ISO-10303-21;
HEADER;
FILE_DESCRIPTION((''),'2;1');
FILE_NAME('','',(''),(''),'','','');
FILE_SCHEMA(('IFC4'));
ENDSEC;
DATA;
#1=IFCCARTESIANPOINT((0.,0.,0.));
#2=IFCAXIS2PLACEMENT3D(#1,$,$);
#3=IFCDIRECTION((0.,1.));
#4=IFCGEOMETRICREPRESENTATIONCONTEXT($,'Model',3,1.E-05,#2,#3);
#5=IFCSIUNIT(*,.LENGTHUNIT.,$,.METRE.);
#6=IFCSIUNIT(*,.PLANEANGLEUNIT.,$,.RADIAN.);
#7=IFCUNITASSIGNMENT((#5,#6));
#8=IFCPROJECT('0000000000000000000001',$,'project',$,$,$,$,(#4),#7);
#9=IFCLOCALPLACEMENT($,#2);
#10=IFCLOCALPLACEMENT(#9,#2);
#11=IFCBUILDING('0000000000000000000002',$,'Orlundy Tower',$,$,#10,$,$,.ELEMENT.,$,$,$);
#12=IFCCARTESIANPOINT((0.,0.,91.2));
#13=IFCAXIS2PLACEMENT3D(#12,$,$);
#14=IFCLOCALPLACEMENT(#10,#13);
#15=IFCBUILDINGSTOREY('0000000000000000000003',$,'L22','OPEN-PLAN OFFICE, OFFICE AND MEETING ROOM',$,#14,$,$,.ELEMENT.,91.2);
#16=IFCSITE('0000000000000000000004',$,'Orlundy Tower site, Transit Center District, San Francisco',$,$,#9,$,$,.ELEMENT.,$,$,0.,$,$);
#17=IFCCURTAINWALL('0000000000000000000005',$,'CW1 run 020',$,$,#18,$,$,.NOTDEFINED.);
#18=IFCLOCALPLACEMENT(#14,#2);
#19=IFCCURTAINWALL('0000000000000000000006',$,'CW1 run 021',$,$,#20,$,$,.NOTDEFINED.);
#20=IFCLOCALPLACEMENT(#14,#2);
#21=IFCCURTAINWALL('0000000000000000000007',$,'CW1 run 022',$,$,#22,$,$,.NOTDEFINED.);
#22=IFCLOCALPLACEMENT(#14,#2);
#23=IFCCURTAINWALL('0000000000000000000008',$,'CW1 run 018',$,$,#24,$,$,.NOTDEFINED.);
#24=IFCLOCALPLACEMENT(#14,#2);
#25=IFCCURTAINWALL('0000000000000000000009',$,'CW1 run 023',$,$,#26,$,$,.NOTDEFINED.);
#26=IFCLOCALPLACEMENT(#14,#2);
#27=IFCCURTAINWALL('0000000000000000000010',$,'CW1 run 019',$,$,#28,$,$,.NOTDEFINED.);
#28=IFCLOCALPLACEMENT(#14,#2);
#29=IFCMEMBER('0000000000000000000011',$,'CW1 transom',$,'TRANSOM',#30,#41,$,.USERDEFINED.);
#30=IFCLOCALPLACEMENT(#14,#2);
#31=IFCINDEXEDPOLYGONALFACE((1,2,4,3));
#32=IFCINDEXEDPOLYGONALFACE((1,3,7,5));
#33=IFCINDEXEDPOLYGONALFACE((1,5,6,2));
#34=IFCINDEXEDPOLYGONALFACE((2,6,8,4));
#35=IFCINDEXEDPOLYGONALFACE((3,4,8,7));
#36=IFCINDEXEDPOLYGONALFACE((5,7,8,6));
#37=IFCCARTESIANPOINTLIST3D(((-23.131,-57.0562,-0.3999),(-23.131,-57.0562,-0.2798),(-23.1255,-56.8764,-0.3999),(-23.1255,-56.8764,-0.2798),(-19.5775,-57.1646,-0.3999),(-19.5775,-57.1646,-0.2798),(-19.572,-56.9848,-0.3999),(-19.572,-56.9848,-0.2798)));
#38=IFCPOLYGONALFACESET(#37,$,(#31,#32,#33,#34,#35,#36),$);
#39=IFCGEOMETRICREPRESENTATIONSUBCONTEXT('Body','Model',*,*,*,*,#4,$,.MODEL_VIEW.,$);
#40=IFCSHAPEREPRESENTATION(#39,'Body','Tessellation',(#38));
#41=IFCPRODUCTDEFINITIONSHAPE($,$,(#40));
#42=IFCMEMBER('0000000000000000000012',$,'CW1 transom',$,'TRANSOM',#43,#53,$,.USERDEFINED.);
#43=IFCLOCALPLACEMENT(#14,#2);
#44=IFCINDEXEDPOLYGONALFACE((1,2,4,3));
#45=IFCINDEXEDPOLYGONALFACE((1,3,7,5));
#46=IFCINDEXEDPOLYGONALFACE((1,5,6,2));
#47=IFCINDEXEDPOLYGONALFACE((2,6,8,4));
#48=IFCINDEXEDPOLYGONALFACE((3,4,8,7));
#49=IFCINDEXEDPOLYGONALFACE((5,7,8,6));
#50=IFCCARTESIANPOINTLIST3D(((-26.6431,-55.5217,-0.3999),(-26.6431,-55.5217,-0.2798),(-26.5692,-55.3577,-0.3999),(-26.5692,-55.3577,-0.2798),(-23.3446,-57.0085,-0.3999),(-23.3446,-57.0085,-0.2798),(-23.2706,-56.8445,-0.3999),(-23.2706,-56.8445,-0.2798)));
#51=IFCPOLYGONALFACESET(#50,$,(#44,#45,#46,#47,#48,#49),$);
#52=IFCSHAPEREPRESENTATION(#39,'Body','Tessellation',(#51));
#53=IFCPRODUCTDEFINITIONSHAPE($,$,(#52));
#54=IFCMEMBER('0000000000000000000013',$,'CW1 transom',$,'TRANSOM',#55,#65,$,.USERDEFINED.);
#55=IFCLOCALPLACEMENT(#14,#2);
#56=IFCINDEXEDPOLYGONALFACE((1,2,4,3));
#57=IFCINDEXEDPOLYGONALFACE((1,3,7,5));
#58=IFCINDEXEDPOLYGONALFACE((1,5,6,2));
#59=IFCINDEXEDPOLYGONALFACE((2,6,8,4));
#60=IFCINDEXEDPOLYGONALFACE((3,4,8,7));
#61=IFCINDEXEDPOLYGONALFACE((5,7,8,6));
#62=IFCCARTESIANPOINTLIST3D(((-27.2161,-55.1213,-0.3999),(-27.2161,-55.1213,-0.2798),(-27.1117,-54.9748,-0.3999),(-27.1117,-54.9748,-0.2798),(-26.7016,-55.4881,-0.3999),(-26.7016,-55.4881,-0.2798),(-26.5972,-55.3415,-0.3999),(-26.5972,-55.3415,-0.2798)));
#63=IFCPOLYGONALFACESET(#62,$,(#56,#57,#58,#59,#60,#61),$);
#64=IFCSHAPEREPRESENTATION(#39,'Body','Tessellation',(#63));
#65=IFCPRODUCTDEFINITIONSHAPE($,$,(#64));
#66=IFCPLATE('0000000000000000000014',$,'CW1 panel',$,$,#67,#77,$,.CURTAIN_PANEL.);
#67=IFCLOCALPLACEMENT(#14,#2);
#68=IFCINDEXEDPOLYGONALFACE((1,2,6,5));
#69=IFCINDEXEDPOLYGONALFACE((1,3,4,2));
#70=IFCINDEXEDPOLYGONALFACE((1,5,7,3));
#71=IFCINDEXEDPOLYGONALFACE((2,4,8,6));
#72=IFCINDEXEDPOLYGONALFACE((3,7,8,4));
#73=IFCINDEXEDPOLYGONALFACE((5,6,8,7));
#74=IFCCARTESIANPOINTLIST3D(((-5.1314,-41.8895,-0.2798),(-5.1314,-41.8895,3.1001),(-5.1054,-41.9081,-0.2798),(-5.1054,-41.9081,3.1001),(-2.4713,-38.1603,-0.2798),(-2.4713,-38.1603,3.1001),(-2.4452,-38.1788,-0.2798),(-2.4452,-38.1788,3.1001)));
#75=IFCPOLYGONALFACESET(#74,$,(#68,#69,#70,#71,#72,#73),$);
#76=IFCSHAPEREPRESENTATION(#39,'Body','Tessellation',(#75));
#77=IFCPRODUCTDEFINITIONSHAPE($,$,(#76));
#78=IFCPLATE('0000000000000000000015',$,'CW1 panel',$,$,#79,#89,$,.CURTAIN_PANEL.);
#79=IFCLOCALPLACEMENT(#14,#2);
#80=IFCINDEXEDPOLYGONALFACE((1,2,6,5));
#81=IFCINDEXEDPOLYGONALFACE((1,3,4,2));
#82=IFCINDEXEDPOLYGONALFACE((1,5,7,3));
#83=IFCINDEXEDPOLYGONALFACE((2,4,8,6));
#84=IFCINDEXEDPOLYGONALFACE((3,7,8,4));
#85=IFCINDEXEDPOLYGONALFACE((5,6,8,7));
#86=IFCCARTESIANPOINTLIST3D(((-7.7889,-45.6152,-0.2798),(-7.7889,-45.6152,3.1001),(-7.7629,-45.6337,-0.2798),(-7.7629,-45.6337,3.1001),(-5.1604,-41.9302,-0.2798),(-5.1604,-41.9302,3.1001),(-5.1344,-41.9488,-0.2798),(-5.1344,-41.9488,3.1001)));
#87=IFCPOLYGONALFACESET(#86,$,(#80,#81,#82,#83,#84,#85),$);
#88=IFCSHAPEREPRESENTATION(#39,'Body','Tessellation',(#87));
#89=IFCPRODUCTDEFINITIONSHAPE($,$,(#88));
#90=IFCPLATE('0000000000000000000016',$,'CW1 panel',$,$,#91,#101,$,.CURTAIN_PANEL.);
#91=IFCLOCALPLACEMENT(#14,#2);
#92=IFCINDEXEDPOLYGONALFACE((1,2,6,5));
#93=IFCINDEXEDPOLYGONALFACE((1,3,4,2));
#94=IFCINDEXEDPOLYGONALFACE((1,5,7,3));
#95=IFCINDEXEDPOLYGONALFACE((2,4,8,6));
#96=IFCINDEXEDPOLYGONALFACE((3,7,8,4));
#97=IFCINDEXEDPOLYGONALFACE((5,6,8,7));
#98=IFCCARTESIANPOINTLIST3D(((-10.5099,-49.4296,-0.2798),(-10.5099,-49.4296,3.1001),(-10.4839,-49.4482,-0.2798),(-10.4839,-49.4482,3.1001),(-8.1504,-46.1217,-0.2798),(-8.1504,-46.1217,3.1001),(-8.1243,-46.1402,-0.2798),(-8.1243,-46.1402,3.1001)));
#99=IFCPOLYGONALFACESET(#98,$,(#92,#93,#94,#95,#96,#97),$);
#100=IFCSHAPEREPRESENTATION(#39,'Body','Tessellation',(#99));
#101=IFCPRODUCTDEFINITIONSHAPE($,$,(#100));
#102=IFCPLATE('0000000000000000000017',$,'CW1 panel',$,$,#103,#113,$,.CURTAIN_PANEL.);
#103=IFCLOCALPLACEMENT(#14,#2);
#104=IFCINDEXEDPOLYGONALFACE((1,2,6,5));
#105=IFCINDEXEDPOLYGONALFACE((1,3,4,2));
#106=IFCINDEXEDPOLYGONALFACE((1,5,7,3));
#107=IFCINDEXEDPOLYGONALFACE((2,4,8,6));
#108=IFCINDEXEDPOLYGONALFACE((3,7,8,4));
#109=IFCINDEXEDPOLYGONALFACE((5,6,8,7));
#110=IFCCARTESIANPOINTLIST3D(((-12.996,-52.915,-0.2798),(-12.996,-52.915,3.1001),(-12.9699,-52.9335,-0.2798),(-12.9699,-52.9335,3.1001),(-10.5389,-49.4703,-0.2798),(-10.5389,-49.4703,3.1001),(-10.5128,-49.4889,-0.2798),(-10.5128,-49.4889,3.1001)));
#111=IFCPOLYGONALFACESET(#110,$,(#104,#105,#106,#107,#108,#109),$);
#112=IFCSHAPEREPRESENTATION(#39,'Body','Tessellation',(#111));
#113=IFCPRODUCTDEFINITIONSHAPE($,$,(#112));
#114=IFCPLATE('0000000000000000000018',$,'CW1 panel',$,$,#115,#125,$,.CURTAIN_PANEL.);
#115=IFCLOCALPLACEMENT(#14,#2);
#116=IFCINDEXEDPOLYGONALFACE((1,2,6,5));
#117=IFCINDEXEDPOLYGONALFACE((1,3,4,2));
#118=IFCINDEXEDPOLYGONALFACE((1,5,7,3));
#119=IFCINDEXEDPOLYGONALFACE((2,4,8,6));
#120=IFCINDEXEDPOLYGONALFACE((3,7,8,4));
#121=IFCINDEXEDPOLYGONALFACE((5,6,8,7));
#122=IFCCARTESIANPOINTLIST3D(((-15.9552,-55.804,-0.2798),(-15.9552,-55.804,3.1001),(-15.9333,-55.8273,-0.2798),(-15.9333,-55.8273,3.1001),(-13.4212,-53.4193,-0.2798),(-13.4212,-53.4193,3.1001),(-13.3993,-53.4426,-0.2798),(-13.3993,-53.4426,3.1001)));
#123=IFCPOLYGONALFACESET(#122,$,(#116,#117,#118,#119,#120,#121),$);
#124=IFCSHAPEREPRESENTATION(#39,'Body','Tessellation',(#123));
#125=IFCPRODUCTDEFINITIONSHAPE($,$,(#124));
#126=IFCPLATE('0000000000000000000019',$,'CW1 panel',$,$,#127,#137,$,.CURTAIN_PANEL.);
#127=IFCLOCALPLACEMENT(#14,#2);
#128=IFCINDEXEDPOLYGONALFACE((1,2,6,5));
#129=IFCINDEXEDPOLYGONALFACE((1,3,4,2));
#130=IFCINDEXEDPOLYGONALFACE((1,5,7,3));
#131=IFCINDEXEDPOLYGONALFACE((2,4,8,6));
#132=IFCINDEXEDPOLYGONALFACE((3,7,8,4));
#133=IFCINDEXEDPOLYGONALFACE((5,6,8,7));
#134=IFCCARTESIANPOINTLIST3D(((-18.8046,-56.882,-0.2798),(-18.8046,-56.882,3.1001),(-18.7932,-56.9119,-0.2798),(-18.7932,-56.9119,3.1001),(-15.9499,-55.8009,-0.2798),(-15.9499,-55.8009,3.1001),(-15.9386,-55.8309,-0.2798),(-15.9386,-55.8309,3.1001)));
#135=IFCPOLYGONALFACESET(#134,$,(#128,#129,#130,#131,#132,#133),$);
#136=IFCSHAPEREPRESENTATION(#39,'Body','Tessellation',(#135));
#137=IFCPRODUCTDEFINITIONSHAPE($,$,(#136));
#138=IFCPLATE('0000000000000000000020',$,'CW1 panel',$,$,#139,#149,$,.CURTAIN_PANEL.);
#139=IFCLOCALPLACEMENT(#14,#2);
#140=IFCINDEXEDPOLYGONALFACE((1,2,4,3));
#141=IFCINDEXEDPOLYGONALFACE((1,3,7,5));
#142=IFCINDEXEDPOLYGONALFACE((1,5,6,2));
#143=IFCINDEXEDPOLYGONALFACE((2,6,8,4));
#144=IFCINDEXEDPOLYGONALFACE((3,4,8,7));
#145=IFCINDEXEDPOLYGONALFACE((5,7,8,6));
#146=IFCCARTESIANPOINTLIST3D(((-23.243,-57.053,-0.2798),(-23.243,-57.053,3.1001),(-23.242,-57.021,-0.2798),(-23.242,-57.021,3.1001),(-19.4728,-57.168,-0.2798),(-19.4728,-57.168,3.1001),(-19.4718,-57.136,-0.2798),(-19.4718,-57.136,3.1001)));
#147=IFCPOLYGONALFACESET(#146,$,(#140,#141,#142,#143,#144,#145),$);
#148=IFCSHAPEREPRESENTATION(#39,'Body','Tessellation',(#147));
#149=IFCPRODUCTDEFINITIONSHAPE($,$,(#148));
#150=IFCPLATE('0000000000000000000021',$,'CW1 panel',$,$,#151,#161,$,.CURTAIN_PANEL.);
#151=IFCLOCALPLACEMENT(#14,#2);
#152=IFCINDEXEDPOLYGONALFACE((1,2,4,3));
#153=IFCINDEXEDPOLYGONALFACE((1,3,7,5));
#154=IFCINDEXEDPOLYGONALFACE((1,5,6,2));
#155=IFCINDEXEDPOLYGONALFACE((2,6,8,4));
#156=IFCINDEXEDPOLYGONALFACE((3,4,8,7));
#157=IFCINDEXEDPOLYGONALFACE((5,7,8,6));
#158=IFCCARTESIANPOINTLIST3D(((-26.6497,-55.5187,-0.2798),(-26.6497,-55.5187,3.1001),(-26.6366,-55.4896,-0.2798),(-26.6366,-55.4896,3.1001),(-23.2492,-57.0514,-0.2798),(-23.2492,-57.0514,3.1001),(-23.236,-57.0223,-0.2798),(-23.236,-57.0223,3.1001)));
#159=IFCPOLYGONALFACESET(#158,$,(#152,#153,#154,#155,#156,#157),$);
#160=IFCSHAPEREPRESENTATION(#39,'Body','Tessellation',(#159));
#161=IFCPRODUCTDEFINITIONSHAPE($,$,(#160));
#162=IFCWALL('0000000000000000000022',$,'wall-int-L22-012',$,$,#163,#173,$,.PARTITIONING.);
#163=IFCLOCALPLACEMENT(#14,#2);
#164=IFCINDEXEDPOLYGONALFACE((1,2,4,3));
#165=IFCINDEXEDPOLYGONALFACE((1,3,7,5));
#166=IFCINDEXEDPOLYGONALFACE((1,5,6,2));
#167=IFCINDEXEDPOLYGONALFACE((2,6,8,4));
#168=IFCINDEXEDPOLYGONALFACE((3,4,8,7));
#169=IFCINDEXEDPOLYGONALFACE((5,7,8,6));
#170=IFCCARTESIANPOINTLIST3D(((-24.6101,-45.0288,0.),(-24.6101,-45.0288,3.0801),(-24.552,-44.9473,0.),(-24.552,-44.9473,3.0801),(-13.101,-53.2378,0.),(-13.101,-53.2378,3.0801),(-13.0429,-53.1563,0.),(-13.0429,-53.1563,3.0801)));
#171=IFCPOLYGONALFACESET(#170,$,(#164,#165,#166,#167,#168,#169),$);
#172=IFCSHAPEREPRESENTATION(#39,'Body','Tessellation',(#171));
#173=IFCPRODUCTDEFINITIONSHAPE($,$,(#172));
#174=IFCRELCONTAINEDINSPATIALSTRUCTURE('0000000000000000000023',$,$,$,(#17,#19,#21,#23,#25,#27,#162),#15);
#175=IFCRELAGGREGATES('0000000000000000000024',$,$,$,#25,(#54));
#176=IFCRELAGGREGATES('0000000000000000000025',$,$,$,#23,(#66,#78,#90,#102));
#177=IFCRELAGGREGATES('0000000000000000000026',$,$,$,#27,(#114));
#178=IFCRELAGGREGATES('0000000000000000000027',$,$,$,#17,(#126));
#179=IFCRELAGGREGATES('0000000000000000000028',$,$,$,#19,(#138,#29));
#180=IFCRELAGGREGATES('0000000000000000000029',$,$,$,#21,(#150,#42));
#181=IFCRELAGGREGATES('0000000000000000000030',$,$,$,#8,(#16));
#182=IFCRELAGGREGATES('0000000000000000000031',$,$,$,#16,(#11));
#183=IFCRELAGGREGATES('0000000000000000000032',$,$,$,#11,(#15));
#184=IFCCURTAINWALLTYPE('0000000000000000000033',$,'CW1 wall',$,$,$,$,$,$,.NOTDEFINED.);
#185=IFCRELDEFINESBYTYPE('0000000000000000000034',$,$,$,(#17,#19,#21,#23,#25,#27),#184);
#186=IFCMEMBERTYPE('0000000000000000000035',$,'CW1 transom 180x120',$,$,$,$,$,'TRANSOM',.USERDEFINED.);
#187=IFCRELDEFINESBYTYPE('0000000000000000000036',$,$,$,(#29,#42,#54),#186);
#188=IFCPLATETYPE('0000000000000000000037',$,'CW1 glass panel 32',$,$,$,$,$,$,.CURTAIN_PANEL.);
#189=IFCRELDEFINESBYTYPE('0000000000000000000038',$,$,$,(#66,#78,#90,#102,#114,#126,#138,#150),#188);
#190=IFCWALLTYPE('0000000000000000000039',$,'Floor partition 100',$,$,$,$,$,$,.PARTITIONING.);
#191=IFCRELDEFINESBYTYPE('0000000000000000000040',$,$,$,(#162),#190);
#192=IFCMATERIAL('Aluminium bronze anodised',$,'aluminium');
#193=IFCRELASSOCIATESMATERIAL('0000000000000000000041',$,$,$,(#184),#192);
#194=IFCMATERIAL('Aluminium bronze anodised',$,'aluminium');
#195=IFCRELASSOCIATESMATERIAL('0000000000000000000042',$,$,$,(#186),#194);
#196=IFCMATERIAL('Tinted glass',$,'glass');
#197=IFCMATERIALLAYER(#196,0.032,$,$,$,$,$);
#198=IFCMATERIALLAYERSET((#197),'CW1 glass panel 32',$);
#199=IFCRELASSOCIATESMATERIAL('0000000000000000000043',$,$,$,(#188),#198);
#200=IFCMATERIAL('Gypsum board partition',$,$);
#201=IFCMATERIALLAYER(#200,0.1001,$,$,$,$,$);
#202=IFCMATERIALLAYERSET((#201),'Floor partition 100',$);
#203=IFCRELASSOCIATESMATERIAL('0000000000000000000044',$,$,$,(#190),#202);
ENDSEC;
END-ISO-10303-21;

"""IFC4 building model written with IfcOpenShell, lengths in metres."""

from ifc_helpers import new_model, si_unit, direction, frame, frame_2d, origin, origin_2d, place, context, subcontext, project, spatial, rectangle, extrude, material, layer, layer_set, material_profile, profile_set, type_object, element, aggregate, save


model = new_model("IFC4")

# Units and contexts
model_context = context("Model", 3, precision=1e-05, world=origin(), true_north=direction((0.0, 1.0)))
body_context = subcontext(model_context, "Body", "Model", "MODEL_VIEW")
ifc_project = project(units=[si_unit("LENGTHUNIT", "METRE"), si_unit("PLANEANGLEUNIT", "RADIAN")], contexts=[model_context])

# Site, building, storey
site_placement = place(None, origin())
site = spatial("IfcSite", under=ifc_project, at=site_placement, Name="Orlundy Tower site, Transit Center District, San Francisco", CompositionType="ELEMENT", RefElevation=0.0)
building_placement = place(site_placement, origin())
building = spatial("IfcBuilding", under=site, at=building_placement, Name="Orlundy Tower", CompositionType="ELEMENT")
storey_placement = place(building_placement, frame((0.0, 0.0, 91.2)))
storey = spatial("IfcBuildingStorey", under=building, at=storey_placement, Name="L22", Description="OPEN-PLAN OFFICE, OFFICE AND MEETING ROOM", CompositionType="ELEMENT", Elevation=91.2)

# Curtain walls
ifc_material_1 = material(Name="Aluminium bronze anodised", Category="aluminium")
curtain_wall_type = type_object("IfcCurtainWallType", Name="CW1 wall", PredefinedType="NOTDEFINED", material=ifc_material_1)
curtain_wall_1_placement = place(storey_placement, origin())
curtain_wall_1 = element("IfcCurtainWall", 1, at=curtain_wall_1_placement, inside=storey, type_object=curtain_wall_type, Name="CW1 run 020", PredefinedType="NOTDEFINED")
curtain_wall_2_placement = place(storey_placement, origin())
curtain_wall_2 = element("IfcCurtainWall", 2, at=curtain_wall_2_placement, inside=storey, type_object=curtain_wall_type, Name="CW1 run 021", PredefinedType="NOTDEFINED")
curtain_wall_3_placement = place(storey_placement, origin())
curtain_wall_3 = element("IfcCurtainWall", 3, at=curtain_wall_3_placement, inside=storey, type_object=curtain_wall_type, Name="CW1 run 022", PredefinedType="NOTDEFINED")

# Curtain wall
curtain_wall_4_placement = place(storey_placement, origin())
curtain_wall_4 = element("IfcCurtainWall", 4, at=curtain_wall_4_placement, inside=storey, type_object=curtain_wall_type, Name="CW1 run 018", PredefinedType="NOTDEFINED")

# Curtain wall
curtain_wall_5_placement = place(storey_placement, origin())
curtain_wall_5 = element("IfcCurtainWall", 5, at=curtain_wall_5_placement, inside=storey, type_object=curtain_wall_type, Name="CW1 run 023", PredefinedType="NOTDEFINED")

# Shared definitions
ifc_material_2 = material(Name="Aluminium bronze anodised", Category="aluminium")
ifc_material_profile_1 = material_profile(ifc_material_2, rectangle(XDim=0.1799, YDim=0.1201, at=origin_2d()), Name="CW1 transom 180x120")
ifc_profile_set_1 = profile_set([ifc_material_profile_1], Name="Aluminium bronze anodised")
member_type_1 = type_object("IfcMemberType", Name="CW1 transom 180x120", ElementType="TRANSOM", PredefinedType="USERDEFINED", material=ifc_profile_set_1)

# Curtain wall
curtain_wall_6_placement = place(storey_placement, origin())
curtain_wall_6 = element("IfcCurtainWall", 6, at=curtain_wall_6_placement, inside=storey, type_object=curtain_wall_type, Name="CW1 run 019", PredefinedType="NOTDEFINED")

# Members
member_1_placement = place(storey_placement, frame((-19.5747, -57.0747, -0.3398), z_axis=(-0.999535, 0.030491, 0.0), x_axis=(-0.030491, -0.999535, 0.0)))
member_1 = element("IfcMember", 7, at=member_1_placement, type_object=member_type_1, Name="CW1 transom", ObjectType="TRANSOM", PredefinedType="USERDEFINED", context=body_context, shape_type="SweptSolid", body=[
    extrude(rectangle(XDim=0.1799, YDim=0.1201, at=origin_2d()), origin(), (0.0, 0.0, 1.0), 3.5552),
])
member_2_placement = place(storey_placement, frame((-23.3076, -56.9265, -0.3398), z_axis=(-0.911668, 0.410929, 0.0), x_axis=(-0.410929, -0.911668, 0.0)))
member_2 = element("IfcMember", 8, at=member_2_placement, type_object=member_type_1, Name="CW1 transom", ObjectType="TRANSOM", PredefinedType="USERDEFINED", context=body_context, shape_type="SweptSolid", body=[
    extrude(rectangle(XDim=0.1799, YDim=0.1201, at=origin_2d()), origin(), (0.0, 0.0, 1.0), 3.6182),
])
member_3_placement = place(storey_placement, frame((-26.6494, -55.4148, -0.3398), z_axis=(-0.814281, 0.58047, 0.0), x_axis=(-0.58047, -0.814281, 0.0)))
member_3 = element("IfcMember", 9, at=member_3_placement, type_object=member_type_1, Name="CW1 transom", ObjectType="TRANSOM", PredefinedType="USERDEFINED", context=body_context, shape_type="SweptSolid", body=[
    extrude(rectangle(XDim=0.1799, YDim=0.1201, at=origin_2d()), origin(), (0.0, 0.0, 1.0), 0.6318),
])
aggregate(curtain_wall_5, [member_3])

# Plates
ifc_material_3 = material(Name="Tinted glass", Category="glass")
ifc_layer_1 = layer(ifc_material_3, 0.032)
ifc_layer_set_1 = layer_set([ifc_layer_1], Name="CW1 glass panel 32")
plate_type = type_object("IfcPlateType", Name="CW1 glass panel 32", PredefinedType="CURTAIN_PANEL", material=ifc_layer_set_1)
plate_1_placement = place(storey_placement, frame((-3.7883, -40.0342, -0.2798), z_axis=(0.0, 0.0, 1.0), x_axis=(-0.58071, -0.81411, 0.0)))
plate_1 = element("IfcPlate", 10, at=plate_1_placement, type_object=plate_type, Name="CW1 panel", PredefinedType="CURTAIN_PANEL", context=body_context, shape_type="SweptSolid", body=[
    extrude(rectangle(XDim=4.5808, YDim=0.032, at=origin_2d()), origin(), (0.0, 0.0, 1.0), 3.3799),
])
plate_2_placement = place(storey_placement, frame((-6.4617, -43.782, -0.2798), z_axis=(0.0, 0.0, 1.0), x_axis=(-0.58071, -0.81411, 0.0)))
plate_2 = element("IfcPlate", 11, at=plate_2_placement, type_object=plate_type, Name="CW1 panel", PredefinedType="CURTAIN_PANEL", context=body_context, shape_type="SweptSolid", body=[
    extrude(rectangle(XDim=4.5264, YDim=0.032, at=origin_2d()), origin(), (0.0, 0.0, 1.0), 3.3799),
])
plate_3_placement = place(storey_placement, frame((-9.3171, -47.7849, -0.2798), z_axis=(0.0, 0.0, 1.0), x_axis=(-0.58071, -0.81411, 0.0)))
plate_3 = element("IfcPlate", 12, at=plate_3_placement, type_object=plate_type, Name="CW1 panel", PredefinedType="CURTAIN_PANEL", context=body_context, shape_type="SweptSolid", body=[
    extrude(rectangle(XDim=4.0632, YDim=0.032, at=origin_2d()), origin(), (0.0, 0.0, 1.0), 3.3799),
])
plate_4_placement = place(storey_placement, frame((-11.7544, -51.2019, -0.2798), z_axis=(0.0, 0.0, 1.0), x_axis=(-0.58071, -0.81411, 0.0)))
plate_4 = element("IfcPlate", 13, at=plate_4_placement, type_object=plate_type, Name="CW1 panel", PredefinedType="CURTAIN_PANEL", context=body_context, shape_type="SweptSolid", body=[
    extrude(rectangle(XDim=4.2312, YDim=0.032, at=origin_2d()), origin(), (0.0, 0.0, 1.0), 3.3799),
])
aggregate(curtain_wall_4, [plate_1, plate_2, plate_3, plate_4])
plate_5_placement = place(storey_placement, frame((-14.6772, -54.6233, -0.2798), z_axis=(0.0, 0.0, 1.0), x_axis=(-0.728232, -0.685331, 0.0)))
plate_5 = element("IfcPlate", 14, at=plate_5_placement, type_object=plate_type, Name="CW1 panel", PredefinedType="CURTAIN_PANEL", context=body_context, shape_type="SweptSolid", body=[
    extrude(rectangle(XDim=3.4797, YDim=0.032, at=origin_2d()), origin(), (0.0, 0.0, 1.0), 3.3799),
])
aggregate(curtain_wall_6, [plate_5])
plate_6_placement = place(storey_placement, frame((-17.3716, -56.3564, -0.2798), z_axis=(0.0, 0.0, 1.0), x_axis=(-0.935182, -0.354166, 0.0)))
plate_6 = element("IfcPlate", 15, at=plate_6_placement, type_object=plate_type, Name="CW1 panel", PredefinedType="CURTAIN_PANEL", context=body_context, shape_type="SweptSolid", body=[
    extrude(rectangle(XDim=3.0525, YDim=0.032, at=origin_2d()), origin(), (0.0, 0.0, 1.0), 3.3799),
])
aggregate(curtain_wall_1, [plate_6])
plate_7_placement = place(storey_placement, frame((-21.3574, -57.0945, -0.2798), z_axis=(0.0, 0.0, 1.0), x_axis=(-0.999535, 0.030485, 0.0)))
plate_7 = element("IfcPlate", 16, at=plate_7_placement, type_object=plate_type, Name="CW1 panel", PredefinedType="CURTAIN_PANEL", context=body_context, shape_type="SweptSolid", body=[
    extrude(rectangle(XDim=3.772, YDim=0.032, at=origin_2d()), origin(), (0.0, 0.0, 1.0), 3.3799),
])
aggregate(curtain_wall_2, [plate_7, member_1])
plate_8_placement = place(storey_placement, frame((-24.9429, -56.2705, -0.2798), z_axis=(0.0, 0.0, 1.0), x_axis=(-0.911674, 0.410914, 0.0)))
plate_8 = element("IfcPlate", 17, at=plate_8_placement, type_object=plate_type, Name="CW1 panel", PredefinedType="CURTAIN_PANEL", context=body_context, shape_type="SweptSolid", body=[
    extrude(rectangle(XDim=3.73, YDim=0.032, at=origin_2d()), origin(), (0.0, 0.0, 1.0), 3.3799),
])
aggregate(curtain_wall_3, [plate_8, member_2])

# Wall
ifc_material_4 = material(Name="Gypsum board partition")
ifc_layer_2 = layer(ifc_material_4, 0.1001)
ifc_layer_set_2 = layer_set([ifc_layer_2], Name="Floor partition 100")
wall_type = type_object("IfcWallType", Name="Floor partition 100", PredefinedType="PARTITIONING", material=ifc_layer_set_2)
wall_placement = place(storey_placement, frame((-24.5811, -44.988, 0.0), z_axis=(0.0, 0.0, 1.0), x_axis=(0.814127, -0.580688, 0.0)))
element("IfcWall", 18, at=wall_placement, inside=storey, type_object=wall_type, Name="wall-int-L22-012", PredefinedType="PARTITIONING", context=body_context, shape_type="SweptSolid", body=[
    extrude(rectangle(XDim=14.1367, YDim=0.1001, at=frame_2d((7.0684, 0.0))), origin(), (0.0, 0.0, 1.0), 3.0801),
])

save(model, "model.ifc")
